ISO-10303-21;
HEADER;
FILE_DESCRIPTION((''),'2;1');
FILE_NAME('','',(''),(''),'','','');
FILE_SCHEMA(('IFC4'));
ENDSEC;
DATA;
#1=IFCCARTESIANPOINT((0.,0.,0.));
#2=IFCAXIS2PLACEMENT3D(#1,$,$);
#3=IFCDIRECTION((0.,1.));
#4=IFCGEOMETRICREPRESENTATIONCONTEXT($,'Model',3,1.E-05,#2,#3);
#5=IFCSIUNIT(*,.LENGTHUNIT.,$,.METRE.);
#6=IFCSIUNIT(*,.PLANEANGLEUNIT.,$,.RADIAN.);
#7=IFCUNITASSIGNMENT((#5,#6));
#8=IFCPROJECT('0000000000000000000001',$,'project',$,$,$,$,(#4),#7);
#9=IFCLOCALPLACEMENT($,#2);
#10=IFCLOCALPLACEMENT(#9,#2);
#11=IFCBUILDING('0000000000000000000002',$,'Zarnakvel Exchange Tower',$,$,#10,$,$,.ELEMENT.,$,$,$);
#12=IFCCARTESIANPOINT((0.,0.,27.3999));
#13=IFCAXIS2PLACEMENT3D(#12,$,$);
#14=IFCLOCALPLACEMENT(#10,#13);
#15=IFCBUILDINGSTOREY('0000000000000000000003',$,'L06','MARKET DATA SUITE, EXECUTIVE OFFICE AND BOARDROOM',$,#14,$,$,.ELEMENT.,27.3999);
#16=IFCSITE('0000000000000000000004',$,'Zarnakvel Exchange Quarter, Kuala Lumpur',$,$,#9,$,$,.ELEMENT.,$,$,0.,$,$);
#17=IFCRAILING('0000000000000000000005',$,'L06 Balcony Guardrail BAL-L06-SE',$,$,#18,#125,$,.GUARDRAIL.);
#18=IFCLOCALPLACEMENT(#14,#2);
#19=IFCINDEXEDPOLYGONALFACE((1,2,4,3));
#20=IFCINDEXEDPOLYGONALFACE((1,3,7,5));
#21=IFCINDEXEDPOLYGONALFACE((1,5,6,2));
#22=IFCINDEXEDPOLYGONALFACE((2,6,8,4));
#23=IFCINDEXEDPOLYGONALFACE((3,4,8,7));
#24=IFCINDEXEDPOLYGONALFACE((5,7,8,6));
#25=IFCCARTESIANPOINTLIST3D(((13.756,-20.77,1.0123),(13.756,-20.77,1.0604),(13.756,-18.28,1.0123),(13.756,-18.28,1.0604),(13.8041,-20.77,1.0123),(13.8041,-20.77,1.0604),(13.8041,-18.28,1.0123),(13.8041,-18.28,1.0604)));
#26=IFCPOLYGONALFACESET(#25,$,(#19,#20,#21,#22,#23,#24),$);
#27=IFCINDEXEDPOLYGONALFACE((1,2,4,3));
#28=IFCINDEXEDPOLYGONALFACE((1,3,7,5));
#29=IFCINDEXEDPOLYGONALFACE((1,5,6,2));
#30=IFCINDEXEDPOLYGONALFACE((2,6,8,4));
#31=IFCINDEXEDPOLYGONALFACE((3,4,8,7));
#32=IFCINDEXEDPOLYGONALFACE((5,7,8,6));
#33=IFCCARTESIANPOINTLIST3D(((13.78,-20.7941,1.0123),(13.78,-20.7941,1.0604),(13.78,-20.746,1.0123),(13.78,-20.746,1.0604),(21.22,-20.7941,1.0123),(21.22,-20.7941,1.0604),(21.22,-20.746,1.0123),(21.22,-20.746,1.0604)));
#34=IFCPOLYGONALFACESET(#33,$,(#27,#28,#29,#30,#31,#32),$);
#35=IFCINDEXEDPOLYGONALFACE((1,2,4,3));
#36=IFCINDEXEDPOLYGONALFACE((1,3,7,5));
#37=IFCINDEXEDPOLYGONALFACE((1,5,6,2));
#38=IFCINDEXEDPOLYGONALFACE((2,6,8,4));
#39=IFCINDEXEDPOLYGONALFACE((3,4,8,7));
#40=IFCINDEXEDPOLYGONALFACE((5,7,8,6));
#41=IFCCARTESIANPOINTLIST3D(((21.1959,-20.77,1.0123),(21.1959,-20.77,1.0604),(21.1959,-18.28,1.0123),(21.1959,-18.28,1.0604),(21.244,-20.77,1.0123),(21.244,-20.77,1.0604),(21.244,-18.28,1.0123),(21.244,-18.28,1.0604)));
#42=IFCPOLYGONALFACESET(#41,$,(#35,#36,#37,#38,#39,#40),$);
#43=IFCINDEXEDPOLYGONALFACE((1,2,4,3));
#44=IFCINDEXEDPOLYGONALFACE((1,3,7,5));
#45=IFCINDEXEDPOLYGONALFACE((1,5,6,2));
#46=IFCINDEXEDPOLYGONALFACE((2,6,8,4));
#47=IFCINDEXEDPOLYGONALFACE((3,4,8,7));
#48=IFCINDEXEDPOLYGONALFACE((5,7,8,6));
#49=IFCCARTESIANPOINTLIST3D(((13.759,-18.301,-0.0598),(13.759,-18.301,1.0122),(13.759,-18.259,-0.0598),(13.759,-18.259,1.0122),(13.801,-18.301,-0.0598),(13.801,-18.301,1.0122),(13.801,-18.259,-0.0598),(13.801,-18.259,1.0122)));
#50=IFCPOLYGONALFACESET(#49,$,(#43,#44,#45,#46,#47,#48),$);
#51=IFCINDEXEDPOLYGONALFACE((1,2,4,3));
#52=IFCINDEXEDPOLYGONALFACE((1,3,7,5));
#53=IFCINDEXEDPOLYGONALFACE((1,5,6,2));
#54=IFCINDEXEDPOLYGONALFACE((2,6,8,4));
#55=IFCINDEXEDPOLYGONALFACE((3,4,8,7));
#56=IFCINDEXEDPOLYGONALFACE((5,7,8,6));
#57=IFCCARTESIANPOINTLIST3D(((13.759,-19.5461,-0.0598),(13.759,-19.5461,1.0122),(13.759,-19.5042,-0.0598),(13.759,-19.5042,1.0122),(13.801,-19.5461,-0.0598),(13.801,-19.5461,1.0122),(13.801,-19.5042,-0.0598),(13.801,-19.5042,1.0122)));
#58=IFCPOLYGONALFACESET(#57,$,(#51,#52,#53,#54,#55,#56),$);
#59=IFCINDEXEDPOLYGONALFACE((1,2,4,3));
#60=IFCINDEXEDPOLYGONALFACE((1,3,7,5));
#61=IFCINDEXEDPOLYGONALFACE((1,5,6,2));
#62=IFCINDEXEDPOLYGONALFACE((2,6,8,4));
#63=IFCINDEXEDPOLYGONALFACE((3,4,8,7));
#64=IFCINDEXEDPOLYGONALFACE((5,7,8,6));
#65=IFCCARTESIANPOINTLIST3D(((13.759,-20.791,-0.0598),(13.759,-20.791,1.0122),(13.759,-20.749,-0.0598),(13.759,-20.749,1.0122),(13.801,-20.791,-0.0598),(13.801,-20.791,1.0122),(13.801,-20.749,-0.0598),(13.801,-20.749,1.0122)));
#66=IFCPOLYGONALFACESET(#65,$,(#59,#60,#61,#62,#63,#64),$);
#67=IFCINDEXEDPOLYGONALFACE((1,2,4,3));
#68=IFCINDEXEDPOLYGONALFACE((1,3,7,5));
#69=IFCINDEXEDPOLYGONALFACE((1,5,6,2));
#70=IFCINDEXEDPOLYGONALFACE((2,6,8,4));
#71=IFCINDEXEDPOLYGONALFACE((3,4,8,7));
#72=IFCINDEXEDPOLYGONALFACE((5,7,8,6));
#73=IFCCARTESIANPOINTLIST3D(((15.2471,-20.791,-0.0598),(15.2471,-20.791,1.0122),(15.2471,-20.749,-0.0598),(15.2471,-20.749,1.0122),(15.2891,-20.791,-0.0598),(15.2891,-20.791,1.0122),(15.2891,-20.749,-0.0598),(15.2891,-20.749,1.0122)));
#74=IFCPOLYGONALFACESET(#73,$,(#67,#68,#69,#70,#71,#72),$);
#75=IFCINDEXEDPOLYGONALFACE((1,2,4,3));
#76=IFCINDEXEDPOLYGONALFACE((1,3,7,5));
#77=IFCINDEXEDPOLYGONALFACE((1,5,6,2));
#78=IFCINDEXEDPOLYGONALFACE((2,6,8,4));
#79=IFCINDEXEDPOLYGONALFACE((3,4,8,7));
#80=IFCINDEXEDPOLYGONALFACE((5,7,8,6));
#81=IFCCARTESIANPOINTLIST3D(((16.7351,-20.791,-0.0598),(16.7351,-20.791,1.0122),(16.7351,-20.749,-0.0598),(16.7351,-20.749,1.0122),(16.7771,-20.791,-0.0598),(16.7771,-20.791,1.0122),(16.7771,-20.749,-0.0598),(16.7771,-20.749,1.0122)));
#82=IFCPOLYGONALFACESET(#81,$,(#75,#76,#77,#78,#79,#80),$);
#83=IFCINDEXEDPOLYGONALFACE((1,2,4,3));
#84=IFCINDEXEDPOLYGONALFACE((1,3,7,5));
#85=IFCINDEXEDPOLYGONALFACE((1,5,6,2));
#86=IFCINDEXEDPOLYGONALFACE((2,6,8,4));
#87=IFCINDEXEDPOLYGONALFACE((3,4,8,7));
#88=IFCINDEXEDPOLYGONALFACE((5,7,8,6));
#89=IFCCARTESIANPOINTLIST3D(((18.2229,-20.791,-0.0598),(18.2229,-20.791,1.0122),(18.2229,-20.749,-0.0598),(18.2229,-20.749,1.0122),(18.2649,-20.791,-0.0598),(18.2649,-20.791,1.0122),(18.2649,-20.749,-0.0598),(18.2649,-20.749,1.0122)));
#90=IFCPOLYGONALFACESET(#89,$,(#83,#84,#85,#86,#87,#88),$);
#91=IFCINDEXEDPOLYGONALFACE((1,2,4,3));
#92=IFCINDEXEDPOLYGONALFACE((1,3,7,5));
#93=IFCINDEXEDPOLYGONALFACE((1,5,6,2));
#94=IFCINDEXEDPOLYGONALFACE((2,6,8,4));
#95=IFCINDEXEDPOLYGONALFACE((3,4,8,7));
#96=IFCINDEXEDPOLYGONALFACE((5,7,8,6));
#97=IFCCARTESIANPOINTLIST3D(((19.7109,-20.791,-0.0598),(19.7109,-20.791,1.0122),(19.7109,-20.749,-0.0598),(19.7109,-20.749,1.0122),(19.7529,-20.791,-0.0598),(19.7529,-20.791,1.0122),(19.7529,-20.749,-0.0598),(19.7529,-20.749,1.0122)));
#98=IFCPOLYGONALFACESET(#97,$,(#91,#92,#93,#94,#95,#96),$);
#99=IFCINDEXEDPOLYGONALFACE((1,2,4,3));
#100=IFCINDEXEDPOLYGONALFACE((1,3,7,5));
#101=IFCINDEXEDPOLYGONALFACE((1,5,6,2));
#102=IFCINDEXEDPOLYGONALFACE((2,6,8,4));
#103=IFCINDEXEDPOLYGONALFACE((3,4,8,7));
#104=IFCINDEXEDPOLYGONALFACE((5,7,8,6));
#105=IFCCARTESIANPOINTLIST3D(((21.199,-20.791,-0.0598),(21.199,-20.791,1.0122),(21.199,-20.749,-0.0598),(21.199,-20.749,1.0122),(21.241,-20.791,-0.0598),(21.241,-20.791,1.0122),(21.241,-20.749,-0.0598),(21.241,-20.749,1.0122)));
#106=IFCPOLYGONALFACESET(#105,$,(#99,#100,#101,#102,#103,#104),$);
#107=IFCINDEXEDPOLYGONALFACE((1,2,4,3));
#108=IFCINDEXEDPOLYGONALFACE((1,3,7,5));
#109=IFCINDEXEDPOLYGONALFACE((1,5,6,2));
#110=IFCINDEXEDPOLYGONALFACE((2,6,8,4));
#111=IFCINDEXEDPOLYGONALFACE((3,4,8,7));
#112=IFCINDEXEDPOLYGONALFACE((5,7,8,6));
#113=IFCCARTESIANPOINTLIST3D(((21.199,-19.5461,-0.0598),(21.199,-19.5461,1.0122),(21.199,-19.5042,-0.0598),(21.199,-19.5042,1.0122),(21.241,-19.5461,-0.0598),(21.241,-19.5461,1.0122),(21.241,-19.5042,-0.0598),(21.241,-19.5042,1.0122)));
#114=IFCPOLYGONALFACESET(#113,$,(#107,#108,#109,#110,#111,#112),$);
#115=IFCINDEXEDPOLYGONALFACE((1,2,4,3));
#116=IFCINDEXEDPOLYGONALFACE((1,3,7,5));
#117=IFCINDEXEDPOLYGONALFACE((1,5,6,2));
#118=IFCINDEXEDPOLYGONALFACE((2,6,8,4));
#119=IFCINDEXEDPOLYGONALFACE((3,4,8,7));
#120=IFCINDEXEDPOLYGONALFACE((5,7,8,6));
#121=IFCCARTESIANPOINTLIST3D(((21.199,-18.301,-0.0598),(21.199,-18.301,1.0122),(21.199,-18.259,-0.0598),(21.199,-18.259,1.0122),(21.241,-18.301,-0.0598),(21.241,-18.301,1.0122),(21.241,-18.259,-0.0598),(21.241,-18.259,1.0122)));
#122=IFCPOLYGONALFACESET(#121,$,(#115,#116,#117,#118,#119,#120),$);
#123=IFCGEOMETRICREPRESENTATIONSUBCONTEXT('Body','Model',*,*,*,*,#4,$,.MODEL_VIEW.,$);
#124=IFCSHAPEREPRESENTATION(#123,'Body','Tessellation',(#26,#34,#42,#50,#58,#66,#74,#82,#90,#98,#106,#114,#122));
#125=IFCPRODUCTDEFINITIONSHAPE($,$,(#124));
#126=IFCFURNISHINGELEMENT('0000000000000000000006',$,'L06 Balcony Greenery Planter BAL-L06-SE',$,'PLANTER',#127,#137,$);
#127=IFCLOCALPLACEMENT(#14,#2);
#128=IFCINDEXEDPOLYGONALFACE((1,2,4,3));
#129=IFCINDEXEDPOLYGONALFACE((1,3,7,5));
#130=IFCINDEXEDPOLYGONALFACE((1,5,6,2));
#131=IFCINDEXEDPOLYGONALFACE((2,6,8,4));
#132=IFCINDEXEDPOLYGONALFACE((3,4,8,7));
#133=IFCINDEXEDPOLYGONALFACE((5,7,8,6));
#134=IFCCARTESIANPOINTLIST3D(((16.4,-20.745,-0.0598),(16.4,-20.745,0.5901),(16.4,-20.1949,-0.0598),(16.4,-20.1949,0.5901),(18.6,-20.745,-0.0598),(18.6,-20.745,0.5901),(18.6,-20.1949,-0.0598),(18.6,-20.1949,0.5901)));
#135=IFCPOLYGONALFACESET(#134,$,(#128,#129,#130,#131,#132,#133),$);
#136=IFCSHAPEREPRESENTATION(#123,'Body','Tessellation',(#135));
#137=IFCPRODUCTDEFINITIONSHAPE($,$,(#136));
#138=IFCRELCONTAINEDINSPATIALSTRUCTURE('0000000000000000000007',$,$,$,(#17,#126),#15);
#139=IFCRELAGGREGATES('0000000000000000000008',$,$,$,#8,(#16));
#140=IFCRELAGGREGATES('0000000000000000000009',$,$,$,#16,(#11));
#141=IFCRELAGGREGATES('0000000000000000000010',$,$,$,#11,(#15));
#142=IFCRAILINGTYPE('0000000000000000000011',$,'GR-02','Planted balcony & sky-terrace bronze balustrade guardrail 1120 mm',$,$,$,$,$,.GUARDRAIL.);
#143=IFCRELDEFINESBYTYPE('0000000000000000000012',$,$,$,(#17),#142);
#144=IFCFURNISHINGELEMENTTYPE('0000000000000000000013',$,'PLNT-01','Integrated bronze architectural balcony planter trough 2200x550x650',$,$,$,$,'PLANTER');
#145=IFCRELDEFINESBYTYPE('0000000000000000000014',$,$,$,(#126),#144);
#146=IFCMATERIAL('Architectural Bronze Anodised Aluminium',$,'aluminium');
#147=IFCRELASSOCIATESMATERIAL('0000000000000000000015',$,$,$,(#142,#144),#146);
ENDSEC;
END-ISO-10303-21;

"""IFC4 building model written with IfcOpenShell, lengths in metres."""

from ifc_helpers import new_model, si_unit, direction, frame, origin, origin_2d, place, context, subcontext, project, spatial, rectangle, extrude, source, transform, mapped, material, type_object, element, save


model = new_model("IFC4")

# Units and contexts
model_context = context("Model", 3, precision=1e-05, world=origin(), true_north=direction((0.0, 1.0)))
body_context = subcontext(model_context, "Body", "Model", "MODEL_VIEW")
ifc_project = project(units=[si_unit("LENGTHUNIT", "METRE"), si_unit("PLANEANGLEUNIT", "RADIAN")], contexts=[model_context])

# Site, building, storey
site_placement = place(None, origin())
site = spatial("IfcSite", under=ifc_project, at=site_placement, Name="Zarnakvel Exchange Quarter, Kuala Lumpur", CompositionType="ELEMENT", RefElevation=0.0)
building_placement = place(site_placement, origin())
building = spatial("IfcBuilding", under=site, at=building_placement, Name="Zarnakvel Exchange Tower", CompositionType="ELEMENT")
storey_placement = place(building_placement, frame((0.0, 0.0, 27.3999)))
storey = spatial("IfcBuildingStorey", under=building, at=storey_placement, Name="L06", Description="MARKET DATA SUITE, EXECUTIVE OFFICE AND BOARDROOM", CompositionType="ELEMENT", Elevation=27.3999)

# Shared definitions
ifc_material_1 = material(Name="Architectural Bronze Anodised Aluminium", Category="aluminium")

# Railing
railing_type = type_object("IfcRailingType", Name="GR-02", Description="Planted balcony & sky-terrace bronze balustrade guardrail 1120 mm", PredefinedType="GUARDRAIL", material=ifc_material_1)
railing_placement = place(storey_placement, frame((13.78, -18.28, -0.0598)))
element("IfcRailing", 1, at=railing_placement, inside=storey, type_object=railing_type, Name="L06 Balcony Guardrail BAL-L06-SE", PredefinedType="GUARDRAIL", context=body_context, shape_type="SweptSolid", body=[
    extrude(rectangle(XDim=0.0481, YDim=0.0481, at=origin_2d()), frame((0.0, 0.0, 1.0962), z_axis=(0.0, -1.0, 0.0), x_axis=(1.0, 0.0, 0.0)), (0.0, 0.0, 1.0), 2.49),
    extrude(rectangle(XDim=0.0481, YDim=0.0481, at=origin_2d()), frame((0.0, -2.49, 1.0962), z_axis=(1.0, 0.0, 0.0), x_axis=(0.0, 1.0, 0.0)), (0.0, 0.0, 1.0), 7.4399),
    extrude(rectangle(XDim=0.0481, YDim=0.0481, at=origin_2d()), frame((7.4399, -2.49, 1.0962), z_axis=(0.0, 1.0, 0.0), x_axis=(-1.0, 0.0, 0.0)), (0.0, 0.0, 1.0), 2.49),
    extrude(rectangle(XDim=0.042, YDim=0.042, at=origin_2d()), origin(), (0.0, 0.0, 1.0), 1.072),
    extrude(rectangle(XDim=0.042, YDim=0.042, at=origin_2d()), frame((0.0, -1.2451, 0.0)), (0.0, 0.0, 1.0), 1.072),
    extrude(rectangle(XDim=0.042, YDim=0.042, at=origin_2d()), frame((0.0, -2.49, 0.0)), (0.0, 0.0, 1.0), 1.072),
    extrude(rectangle(XDim=0.042, YDim=0.042, at=origin_2d()), frame((1.488, -2.49, 0.0)), (0.0, 0.0, 1.0), 1.072),
    extrude(rectangle(XDim=0.042, YDim=0.042, at=origin_2d()), frame((2.9761, -2.49, 0.0)), (0.0, 0.0, 1.0), 1.072),
    extrude(rectangle(XDim=0.042, YDim=0.042, at=origin_2d()), frame((4.4639, -2.49, 0.0)), (0.0, 0.0, 1.0), 1.072),
    extrude(rectangle(XDim=0.042, YDim=0.042, at=origin_2d()), frame((5.9519, -2.49, 0.0)), (0.0, 0.0, 1.0), 1.072),
    extrude(rectangle(XDim=0.042, YDim=0.042, at=origin_2d()), frame((7.4399, -2.49, 0.0)), (0.0, 0.0, 1.0), 1.072),
    extrude(rectangle(XDim=0.042, YDim=0.042, at=origin_2d()), frame((7.4399, -1.2451, 0.0)), (0.0, 0.0, 1.0), 1.072),
    extrude(rectangle(XDim=0.042, YDim=0.042, at=origin_2d()), frame((7.4399, 0.0, 0.0)), (0.0, 0.0, 1.0), 1.072),
])

# Furnishing element
furnishing_element_type = type_object("IfcFurnishingElementType", Name="PLNT-01", Description="Integrated bronze architectural balcony planter trough 2200x550x650", ElementType="PLANTER", material=ifc_material_1)
shared_shape_1 = source(origin(), body_context, "Body", "SweptSolid", [
    extrude(rectangle(XDim=2.2, YDim=0.55, at=origin_2d()), origin(), (0.0, 0.0, 1.0), 0.6499),
])
furnishing_placement = place(storey_placement, frame((17.5, -20.47, -0.0598), z_axis=(0.0, 0.0, 1.0), x_axis=(1.0, 0.0, 0.0)))
element("IfcFurnishingElement", 2, at=furnishing_placement, inside=storey, type_object=furnishing_element_type, Name="L06 Balcony Greenery Planter BAL-L06-SE", ObjectType="PLANTER", context=body_context, shape_type="MappedRepresentation", body=[
    mapped(shared_shape_1, transform((0.0, 0.0, 0.0), x_axis=(1.0, 0.0, 0.0), y_axis=(0.0, 1.0, 0.0), z_axis=(0.0, 0.0, 1.0), scale=1.0)),
])

save(model, "model.ifc")
